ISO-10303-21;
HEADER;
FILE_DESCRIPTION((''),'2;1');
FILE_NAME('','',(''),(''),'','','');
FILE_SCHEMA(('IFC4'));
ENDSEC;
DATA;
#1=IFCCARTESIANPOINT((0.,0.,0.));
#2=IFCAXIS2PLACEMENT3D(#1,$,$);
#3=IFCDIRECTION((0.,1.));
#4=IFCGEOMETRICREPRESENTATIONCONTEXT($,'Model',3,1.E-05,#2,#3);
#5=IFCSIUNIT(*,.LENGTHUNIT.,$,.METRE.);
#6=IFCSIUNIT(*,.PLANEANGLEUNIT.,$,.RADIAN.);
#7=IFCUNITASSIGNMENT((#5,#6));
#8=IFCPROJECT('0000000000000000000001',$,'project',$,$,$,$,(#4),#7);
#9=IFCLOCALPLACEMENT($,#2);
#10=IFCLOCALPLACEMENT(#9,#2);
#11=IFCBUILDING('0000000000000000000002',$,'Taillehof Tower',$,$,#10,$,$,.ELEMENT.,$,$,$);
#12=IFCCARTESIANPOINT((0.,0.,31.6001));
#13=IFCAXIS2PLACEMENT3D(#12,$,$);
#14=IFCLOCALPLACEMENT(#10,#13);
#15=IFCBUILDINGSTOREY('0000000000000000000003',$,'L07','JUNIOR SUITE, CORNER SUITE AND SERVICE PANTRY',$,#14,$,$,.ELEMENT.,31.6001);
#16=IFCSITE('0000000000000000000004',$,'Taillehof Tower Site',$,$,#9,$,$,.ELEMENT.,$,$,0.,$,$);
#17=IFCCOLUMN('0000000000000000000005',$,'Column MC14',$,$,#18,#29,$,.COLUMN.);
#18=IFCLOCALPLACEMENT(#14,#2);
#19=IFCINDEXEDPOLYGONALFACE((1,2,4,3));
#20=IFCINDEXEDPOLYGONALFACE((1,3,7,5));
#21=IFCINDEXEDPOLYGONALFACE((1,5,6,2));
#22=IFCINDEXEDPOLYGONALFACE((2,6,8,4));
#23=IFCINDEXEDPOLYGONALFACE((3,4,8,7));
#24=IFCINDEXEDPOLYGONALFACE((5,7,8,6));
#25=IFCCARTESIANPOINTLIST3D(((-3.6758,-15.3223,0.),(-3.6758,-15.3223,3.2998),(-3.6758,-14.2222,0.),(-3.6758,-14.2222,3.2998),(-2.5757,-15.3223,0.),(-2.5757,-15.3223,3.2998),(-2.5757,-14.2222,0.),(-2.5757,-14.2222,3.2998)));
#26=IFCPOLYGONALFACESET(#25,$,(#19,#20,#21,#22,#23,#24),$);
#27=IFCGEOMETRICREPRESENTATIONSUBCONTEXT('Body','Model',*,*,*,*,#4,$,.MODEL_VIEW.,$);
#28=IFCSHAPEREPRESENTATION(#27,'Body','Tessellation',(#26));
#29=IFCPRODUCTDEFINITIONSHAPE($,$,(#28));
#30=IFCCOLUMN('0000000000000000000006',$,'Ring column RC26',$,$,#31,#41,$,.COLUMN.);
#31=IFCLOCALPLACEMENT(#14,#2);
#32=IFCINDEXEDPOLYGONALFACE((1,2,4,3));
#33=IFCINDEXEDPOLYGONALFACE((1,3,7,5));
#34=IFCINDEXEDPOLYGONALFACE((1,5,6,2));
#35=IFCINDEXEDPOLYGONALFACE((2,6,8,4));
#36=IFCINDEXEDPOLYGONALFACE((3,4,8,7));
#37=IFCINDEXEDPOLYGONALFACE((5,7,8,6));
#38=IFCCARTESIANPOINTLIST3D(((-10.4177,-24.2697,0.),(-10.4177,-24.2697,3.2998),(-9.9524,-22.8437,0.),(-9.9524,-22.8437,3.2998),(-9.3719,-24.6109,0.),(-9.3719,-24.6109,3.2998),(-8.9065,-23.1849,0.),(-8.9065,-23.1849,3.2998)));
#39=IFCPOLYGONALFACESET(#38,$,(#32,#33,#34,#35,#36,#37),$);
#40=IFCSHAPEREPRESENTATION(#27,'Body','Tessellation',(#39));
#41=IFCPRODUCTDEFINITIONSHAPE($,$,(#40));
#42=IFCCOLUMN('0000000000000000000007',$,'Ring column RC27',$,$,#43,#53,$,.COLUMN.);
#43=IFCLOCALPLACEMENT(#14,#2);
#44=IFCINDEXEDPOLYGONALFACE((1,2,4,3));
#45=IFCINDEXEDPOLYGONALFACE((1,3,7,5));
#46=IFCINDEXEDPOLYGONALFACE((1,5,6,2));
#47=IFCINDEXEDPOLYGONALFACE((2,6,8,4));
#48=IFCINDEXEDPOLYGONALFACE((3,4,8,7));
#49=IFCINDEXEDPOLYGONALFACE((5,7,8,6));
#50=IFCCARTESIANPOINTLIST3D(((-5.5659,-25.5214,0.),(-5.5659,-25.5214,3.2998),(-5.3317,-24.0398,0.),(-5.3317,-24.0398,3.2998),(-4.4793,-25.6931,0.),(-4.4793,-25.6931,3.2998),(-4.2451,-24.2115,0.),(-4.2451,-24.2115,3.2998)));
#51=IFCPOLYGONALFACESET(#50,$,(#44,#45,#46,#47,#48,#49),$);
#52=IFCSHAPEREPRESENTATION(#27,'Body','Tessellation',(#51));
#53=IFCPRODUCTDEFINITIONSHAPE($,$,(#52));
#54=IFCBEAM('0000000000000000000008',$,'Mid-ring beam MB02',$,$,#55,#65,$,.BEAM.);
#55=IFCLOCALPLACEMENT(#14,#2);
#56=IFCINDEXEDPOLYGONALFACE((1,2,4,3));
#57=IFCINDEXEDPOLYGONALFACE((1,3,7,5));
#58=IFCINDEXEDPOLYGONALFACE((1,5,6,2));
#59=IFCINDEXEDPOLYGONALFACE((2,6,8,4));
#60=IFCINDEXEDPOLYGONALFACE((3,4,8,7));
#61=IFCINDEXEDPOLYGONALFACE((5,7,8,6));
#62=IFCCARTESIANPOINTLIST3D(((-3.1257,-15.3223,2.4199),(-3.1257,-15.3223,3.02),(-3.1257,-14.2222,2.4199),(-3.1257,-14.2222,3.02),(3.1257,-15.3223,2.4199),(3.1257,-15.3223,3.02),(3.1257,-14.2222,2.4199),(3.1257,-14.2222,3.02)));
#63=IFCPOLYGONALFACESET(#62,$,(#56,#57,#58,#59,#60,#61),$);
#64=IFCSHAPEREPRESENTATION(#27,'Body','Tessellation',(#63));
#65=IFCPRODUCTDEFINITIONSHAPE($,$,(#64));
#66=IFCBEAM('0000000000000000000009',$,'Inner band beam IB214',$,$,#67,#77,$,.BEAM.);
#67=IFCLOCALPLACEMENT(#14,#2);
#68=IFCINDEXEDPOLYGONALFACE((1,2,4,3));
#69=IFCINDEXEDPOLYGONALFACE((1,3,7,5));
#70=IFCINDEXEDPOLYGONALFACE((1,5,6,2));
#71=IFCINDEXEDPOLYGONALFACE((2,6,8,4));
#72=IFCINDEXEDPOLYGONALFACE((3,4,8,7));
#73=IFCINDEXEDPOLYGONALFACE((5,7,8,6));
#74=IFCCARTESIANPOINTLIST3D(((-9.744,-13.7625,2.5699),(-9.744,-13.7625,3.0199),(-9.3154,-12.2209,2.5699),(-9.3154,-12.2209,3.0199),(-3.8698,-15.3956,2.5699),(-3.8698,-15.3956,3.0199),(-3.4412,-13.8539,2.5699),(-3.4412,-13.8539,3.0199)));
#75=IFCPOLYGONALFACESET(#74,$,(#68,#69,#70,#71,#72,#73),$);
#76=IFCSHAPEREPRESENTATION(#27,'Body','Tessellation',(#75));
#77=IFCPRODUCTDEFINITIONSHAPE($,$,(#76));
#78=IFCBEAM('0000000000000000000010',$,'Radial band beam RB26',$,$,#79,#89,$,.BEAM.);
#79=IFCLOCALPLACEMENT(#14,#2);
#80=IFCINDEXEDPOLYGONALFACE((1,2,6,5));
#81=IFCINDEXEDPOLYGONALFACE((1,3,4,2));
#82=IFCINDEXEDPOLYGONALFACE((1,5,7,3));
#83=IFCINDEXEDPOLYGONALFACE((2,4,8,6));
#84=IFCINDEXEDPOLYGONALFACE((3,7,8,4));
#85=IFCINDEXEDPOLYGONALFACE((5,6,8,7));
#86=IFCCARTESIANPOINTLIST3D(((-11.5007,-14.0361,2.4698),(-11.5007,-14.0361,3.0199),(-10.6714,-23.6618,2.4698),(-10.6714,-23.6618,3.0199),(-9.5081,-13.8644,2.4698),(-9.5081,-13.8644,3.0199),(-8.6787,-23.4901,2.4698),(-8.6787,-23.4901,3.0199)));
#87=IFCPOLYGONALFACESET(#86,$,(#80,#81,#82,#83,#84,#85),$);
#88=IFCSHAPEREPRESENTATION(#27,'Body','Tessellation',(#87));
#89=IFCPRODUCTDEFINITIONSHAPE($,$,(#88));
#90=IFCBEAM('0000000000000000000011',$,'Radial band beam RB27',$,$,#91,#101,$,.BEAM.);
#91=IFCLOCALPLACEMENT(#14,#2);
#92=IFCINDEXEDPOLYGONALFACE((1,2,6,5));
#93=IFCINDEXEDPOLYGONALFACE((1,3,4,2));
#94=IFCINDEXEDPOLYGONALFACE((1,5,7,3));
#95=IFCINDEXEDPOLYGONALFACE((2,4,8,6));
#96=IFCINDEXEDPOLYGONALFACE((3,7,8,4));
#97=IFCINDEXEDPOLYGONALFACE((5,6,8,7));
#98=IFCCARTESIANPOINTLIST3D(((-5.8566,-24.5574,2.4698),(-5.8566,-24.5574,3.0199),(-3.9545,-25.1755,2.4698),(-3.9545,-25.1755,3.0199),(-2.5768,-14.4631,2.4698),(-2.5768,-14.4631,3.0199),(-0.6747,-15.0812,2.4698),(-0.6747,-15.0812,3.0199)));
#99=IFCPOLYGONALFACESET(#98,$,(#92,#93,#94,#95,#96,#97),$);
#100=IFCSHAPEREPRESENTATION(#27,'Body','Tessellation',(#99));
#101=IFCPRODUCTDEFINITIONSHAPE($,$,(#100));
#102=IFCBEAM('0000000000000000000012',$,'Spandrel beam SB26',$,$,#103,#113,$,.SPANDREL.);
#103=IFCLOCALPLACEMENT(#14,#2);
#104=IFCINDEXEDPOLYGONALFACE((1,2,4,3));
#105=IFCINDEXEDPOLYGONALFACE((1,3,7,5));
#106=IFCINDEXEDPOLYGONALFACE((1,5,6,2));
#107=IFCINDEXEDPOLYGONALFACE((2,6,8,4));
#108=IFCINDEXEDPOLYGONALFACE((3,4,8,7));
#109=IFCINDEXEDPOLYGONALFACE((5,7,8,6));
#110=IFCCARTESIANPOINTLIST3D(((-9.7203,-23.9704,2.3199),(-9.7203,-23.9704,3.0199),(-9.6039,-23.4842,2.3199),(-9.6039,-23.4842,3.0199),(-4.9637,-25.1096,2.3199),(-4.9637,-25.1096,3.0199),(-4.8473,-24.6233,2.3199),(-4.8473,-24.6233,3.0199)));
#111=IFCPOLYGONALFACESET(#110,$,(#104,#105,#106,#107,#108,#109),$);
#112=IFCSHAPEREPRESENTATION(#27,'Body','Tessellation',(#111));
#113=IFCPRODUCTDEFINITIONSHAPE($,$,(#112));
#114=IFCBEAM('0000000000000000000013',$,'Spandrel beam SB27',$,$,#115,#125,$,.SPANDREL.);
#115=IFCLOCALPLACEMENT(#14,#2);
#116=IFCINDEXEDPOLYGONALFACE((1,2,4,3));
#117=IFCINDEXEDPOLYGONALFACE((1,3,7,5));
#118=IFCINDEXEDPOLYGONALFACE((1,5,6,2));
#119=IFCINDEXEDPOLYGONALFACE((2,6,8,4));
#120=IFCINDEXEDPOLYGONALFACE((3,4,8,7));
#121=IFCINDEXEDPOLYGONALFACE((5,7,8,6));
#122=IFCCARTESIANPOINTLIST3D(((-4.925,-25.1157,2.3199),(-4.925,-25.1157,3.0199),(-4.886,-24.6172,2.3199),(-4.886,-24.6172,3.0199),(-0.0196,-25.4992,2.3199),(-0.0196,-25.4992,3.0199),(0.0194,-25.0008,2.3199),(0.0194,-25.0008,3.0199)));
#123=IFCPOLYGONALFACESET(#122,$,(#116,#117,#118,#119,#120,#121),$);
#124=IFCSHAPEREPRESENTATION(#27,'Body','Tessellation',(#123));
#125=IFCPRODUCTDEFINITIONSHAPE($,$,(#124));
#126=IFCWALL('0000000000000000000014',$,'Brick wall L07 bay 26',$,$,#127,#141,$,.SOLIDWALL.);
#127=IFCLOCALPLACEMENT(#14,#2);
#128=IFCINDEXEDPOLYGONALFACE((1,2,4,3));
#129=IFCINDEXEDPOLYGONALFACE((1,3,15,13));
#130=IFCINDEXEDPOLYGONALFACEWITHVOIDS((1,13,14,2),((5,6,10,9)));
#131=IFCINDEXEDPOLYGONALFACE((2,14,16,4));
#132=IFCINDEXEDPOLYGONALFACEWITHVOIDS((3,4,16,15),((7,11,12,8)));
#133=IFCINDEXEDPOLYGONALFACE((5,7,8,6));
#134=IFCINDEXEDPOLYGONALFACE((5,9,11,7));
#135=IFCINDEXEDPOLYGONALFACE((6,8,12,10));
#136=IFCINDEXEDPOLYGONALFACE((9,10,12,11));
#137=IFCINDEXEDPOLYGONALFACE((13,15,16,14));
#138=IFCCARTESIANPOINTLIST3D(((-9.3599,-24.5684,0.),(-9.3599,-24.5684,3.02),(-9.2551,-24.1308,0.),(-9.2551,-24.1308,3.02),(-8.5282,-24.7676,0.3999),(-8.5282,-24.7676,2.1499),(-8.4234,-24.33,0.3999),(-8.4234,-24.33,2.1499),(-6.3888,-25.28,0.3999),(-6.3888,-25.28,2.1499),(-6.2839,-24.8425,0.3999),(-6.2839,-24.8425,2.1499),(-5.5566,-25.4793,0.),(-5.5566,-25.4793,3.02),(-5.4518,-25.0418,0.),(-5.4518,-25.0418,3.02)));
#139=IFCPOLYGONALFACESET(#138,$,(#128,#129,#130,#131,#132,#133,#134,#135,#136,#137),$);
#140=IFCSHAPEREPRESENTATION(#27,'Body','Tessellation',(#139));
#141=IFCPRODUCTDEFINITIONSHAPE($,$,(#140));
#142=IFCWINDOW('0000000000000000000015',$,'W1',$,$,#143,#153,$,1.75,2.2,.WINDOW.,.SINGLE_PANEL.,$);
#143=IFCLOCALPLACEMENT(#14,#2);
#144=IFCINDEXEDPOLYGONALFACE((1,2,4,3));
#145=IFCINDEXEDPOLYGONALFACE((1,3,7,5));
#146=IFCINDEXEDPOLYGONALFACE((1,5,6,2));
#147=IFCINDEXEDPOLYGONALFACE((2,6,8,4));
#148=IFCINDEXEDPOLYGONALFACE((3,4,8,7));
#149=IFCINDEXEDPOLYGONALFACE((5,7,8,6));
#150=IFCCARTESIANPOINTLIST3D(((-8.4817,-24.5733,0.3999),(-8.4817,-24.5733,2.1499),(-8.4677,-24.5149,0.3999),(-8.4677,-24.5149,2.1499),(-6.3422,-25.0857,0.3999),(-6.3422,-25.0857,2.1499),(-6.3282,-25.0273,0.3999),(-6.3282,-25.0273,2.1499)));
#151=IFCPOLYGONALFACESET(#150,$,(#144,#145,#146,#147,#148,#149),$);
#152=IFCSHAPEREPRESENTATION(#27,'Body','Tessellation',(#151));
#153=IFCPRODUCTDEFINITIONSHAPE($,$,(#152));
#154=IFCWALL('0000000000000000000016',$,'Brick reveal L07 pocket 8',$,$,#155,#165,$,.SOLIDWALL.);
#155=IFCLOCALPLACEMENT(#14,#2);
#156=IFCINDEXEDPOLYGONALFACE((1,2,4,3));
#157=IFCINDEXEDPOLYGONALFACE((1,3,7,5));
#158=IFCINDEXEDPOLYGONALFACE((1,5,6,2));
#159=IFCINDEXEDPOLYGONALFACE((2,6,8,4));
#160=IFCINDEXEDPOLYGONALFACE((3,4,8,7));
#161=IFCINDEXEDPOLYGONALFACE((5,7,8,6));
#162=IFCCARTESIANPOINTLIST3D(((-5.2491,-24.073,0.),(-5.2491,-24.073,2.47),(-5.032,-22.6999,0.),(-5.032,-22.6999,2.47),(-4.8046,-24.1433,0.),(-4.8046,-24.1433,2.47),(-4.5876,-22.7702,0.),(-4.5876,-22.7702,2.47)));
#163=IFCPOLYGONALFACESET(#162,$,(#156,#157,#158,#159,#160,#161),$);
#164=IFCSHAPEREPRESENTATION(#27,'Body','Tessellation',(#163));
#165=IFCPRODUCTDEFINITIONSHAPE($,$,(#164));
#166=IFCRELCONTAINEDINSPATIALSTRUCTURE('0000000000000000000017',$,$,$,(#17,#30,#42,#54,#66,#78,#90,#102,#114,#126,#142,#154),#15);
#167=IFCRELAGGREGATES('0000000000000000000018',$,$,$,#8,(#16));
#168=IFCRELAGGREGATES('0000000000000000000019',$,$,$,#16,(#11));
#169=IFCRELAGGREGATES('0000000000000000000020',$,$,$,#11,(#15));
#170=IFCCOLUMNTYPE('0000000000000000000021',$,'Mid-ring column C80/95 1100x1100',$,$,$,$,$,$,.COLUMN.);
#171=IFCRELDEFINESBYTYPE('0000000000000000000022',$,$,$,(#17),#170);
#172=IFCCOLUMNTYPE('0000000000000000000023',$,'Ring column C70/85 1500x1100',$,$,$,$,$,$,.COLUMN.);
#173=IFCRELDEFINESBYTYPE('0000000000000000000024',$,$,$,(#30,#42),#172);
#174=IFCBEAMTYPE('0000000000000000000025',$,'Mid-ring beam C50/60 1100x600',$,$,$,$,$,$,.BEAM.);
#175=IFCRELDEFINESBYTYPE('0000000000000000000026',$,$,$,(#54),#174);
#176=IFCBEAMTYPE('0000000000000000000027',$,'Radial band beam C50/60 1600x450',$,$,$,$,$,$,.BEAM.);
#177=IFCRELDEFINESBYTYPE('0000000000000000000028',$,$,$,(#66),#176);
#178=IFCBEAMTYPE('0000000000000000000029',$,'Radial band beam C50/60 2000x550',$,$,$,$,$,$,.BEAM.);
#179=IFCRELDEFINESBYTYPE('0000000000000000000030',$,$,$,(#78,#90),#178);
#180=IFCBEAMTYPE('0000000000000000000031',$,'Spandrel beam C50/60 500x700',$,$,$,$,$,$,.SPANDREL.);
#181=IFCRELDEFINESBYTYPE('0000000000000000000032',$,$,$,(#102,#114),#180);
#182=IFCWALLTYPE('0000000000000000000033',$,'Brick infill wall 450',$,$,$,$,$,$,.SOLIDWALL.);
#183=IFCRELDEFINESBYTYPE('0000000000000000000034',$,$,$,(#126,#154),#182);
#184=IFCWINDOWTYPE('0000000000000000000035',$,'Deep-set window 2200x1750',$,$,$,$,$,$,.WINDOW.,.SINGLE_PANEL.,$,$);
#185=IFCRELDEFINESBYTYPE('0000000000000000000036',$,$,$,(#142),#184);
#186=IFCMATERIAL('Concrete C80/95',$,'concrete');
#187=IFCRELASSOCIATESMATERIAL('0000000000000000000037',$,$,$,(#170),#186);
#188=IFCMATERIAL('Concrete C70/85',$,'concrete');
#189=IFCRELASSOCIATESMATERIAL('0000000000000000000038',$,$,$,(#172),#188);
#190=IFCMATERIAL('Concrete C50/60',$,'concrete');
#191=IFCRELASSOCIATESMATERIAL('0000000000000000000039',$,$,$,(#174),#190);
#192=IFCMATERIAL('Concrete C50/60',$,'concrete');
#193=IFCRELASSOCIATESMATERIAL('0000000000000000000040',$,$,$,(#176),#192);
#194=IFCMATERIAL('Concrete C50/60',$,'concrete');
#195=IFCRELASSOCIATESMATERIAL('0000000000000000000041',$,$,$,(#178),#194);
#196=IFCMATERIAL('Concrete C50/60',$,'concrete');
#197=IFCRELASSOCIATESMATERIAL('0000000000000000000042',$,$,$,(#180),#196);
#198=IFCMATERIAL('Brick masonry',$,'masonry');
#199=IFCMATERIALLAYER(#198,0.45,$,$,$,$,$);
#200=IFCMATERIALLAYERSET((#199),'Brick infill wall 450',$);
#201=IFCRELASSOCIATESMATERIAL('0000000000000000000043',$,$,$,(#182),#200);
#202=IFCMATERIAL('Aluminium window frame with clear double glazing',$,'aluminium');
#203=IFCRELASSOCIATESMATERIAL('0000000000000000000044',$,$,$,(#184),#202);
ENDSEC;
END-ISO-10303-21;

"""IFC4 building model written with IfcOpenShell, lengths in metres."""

from ifc_helpers import new_model, si_unit, direction, frame, frame_2d, origin, origin_2d, place, context, subcontext, project, spatial, rectangle, extrude, material, layer, layer_set, material_profile, profile_set, type_object, element, fill, save


model = new_model("IFC4")

# Units and contexts
model_context = context("Model", 3, precision=1e-05, world=origin(), true_north=direction((0.0, 1.0)))
body_context = subcontext(model_context, "Body", "Model", "MODEL_VIEW")
ifc_project = project(units=[si_unit("LENGTHUNIT", "METRE"), si_unit("PLANEANGLEUNIT", "RADIAN")], contexts=[model_context])

# Site, building, storey
site_placement = place(None, origin())
site = spatial("IfcSite", under=ifc_project, at=site_placement, Name="Taillehof Tower Site", CompositionType="ELEMENT", RefElevation=0.0)
building_placement = place(site_placement, origin())
building = spatial("IfcBuilding", under=site, at=building_placement, Name="Taillehof Tower", CompositionType="ELEMENT")
storey_placement = place(building_placement, frame((0.0, 0.0, 31.6001)))
storey = spatial("IfcBuildingStorey", under=building, at=storey_placement, Name="L07", Description="JUNIOR SUITE, CORNER SUITE AND SERVICE PANTRY", CompositionType="ELEMENT", Elevation=31.6001)

# Columns
ifc_material_1 = material(Name="Concrete C80/95", Category="concrete")
ifc_material_profile_1 = material_profile(ifc_material_1, rectangle(XDim=1.1001, YDim=1.1001, at=origin_2d()), Name="RC 1100x1100")
ifc_profile_set_1 = profile_set([ifc_material_profile_1], Name="Concrete C80/95")
column_type_1 = type_object("IfcColumnType", Name="Mid-ring column C80/95 1100x1100", PredefinedType="COLUMN", material=ifc_profile_set_1)
column_placement = place(storey_placement, frame((-3.1257, -14.7722, 0.0), z_axis=(0.0, 0.0, 1.0), x_axis=(1.0, 0.0, 0.0)))
element("IfcColumn", 1, at=column_placement, inside=storey, type_object=column_type_1, Name="Column MC14", PredefinedType="COLUMN", context=body_context, shape_type="SweptSolid", body=[
    extrude(rectangle(XDim=1.1001, YDim=1.1001, at=origin_2d()), origin(), (0.0, 0.0, 1.0), 3.2998),
])
ifc_material_2 = material(Name="Concrete C70/85", Category="concrete")
ifc_material_profile_2 = material_profile(ifc_material_2, rectangle(XDim=1.5, YDim=1.1001, at=origin_2d()), Name="RC 1500x1100")
ifc_profile_set_2 = profile_set([ifc_material_profile_2], Name="Concrete C70/85")
column_type_2 = type_object("IfcColumnType", Name="Ring column C70/85 1500x1100", PredefinedType="COLUMN", material=ifc_profile_set_2)
for number, where, z_axis, x_axis, name in (
    (2, (-9.6621, -23.7273, 0.0), (0.0, 0.0, 1.0), (-0.310219, -0.950665, 0.0), "Ring column RC26"),
    (3, (-4.9055, -24.8665, 0.0), (0.0, 0.0, 1.0), (-0.156147, -0.987734, 0.0), "Ring column RC27"),
):
    element("IfcColumn", number, at=place(storey_placement, frame(where, z_axis=z_axis, x_axis=x_axis)), inside=storey, type_object=column_type_2, Name=name, PredefinedType="COLUMN", context=body_context, shape_type="SweptSolid", body=[
        extrude(rectangle(XDim=1.5, YDim=1.1001, at=origin_2d()), origin(), (0.0, 0.0, 1.0), 3.2998),
    ])

# Beams
ifc_material_3 = material(Name="Concrete C50/60", Category="concrete")
ifc_material_profile_3 = material_profile(ifc_material_3, rectangle(XDim=1.1001, YDim=0.6001, at=origin_2d()), Name="RC 1100x600")
ifc_profile_set_3 = profile_set([ifc_material_profile_3], Name="Concrete C50/60")
beam_type_1 = type_object("IfcBeamType", Name="Mid-ring beam C50/60 1100x600", PredefinedType="BEAM", material=ifc_profile_set_3)
beam_1_placement = place(storey_placement, frame((-3.1257, -14.7722, 2.72), z_axis=(1.0, 0.0, 0.0), x_axis=(0.0, 1.0, 0.0)))
element("IfcBeam", 4, at=beam_1_placement, inside=storey, type_object=beam_type_1, Name="Mid-ring beam MB02", PredefinedType="BEAM", context=body_context, shape_type="SweptSolid", body=[
    extrude(rectangle(XDim=1.1001, YDim=0.6001, at=origin_2d()), origin(), (0.0, 0.0, 1.0), 6.2515),
])
ifc_material_4 = material(Name="Concrete C50/60", Category="concrete")
ifc_material_profile_4 = material_profile(ifc_material_4, rectangle(XDim=1.6001, YDim=0.45, at=origin_2d()), Name="RC 1600x450")
ifc_profile_set_4 = profile_set([ifc_material_profile_4], Name="Concrete C50/60")
beam_type_2 = type_object("IfcBeamType", Name="Radial band beam C50/60 1600x450", PredefinedType="BEAM", material=ifc_profile_set_4)
beam_2_placement = place(storey_placement, frame((-3.6555, -14.6248, 2.7949), z_axis=(-0.963459, 0.267855, 0.0), x_axis=(-0.267855, -0.963459, 0.0)))
element("IfcBeam", 5, at=beam_2_placement, inside=storey, type_object=beam_type_2, Name="Inner band beam IB214", PredefinedType="BEAM", context=body_context, shape_type="SweptSolid", body=[
    extrude(rectangle(XDim=1.6001, YDim=0.45, at=origin_2d()), origin(), (0.0, 0.0, 1.0), 6.0969),
])
ifc_material_5 = material(Name="Concrete C50/60", Category="concrete")
ifc_material_profile_5 = material_profile(ifc_material_5, rectangle(XDim=2.0, YDim=0.55, at=origin_2d()), Name="RC 2000x550")
ifc_profile_set_5 = profile_set([ifc_material_profile_5], Name="Concrete C50/60")
beam_type_3 = type_object("IfcBeamType", Name="Radial band beam C50/60 2000x550", PredefinedType="BEAM", material=ifc_profile_set_5)
beam_3_placement = place(storey_placement, frame((-9.675, -23.5759, 2.7449), z_axis=(-0.085841, 0.996309, 0.0), x_axis=(-0.996309, -0.085841, 0.0)))
element("IfcBeam", 6, at=beam_3_placement, inside=storey, type_object=beam_type_3, Name="Radial band beam RB26", PredefinedType="BEAM", context=body_context, shape_type="SweptSolid", body=[
    extrude(rectangle(XDim=2.0, YDim=0.55, at=origin_2d()), origin(), (0.0, 0.0, 1.0), 9.6614),
])
beam_4_placement = place(storey_placement, frame((-4.9055, -24.8665, 2.7449), z_axis=(0.309014, 0.951057, 0.0), x_axis=(-0.951057, 0.309014, 0.0)))
element("IfcBeam", 7, at=beam_4_placement, inside=storey, type_object=beam_type_3, Name="Radial band beam RB27", PredefinedType="BEAM", context=body_context, shape_type="SweptSolid", body=[
    extrude(rectangle(XDim=2.0, YDim=0.55, at=origin_2d()), origin(), (0.0, 0.0, 1.0), 10.6138),
])
ifc_material_6 = material(Name="Concrete C50/60", Category="concrete")
ifc_material_profile_6 = material_profile(ifc_material_6, rectangle(XDim=0.5, YDim=0.7, at=origin_2d()), Name="RC 500x700")
ifc_profile_set_6 = profile_set([ifc_material_profile_6], Name="Concrete C50/60")
beam_type_4 = type_object("IfcBeamType", Name="Spandrel beam C50/60 500x700", PredefinedType="SPANDREL", material=ifc_profile_set_6)
beam_5_placement = place(storey_placement, frame((-9.6621, -23.7273, 2.6699), z_axis=(0.9725, -0.232905, 0.0), x_axis=(0.232905, 0.9725, 0.0)))
element("IfcBeam", 8, at=beam_5_placement, inside=storey, type_object=beam_type_4, Name="Spandrel beam SB26", PredefinedType="SPANDREL", context=body_context, shape_type="SweptSolid", body=[
    extrude(rectangle(XDim=0.5, YDim=0.7, at=origin_2d()), origin(), (0.0, 0.0, 1.0), 4.8911),
])
beam_6_placement = place(storey_placement, frame((-4.9055, -24.8665, 2.6699), z_axis=(0.996957, -0.077949, 0.0), x_axis=(0.077949, 0.996957, 0.0)))
element("IfcBeam", 9, at=beam_6_placement, inside=storey, type_object=beam_type_4, Name="Spandrel beam SB27", PredefinedType="SPANDREL", context=body_context, shape_type="SweptSolid", body=[
    extrude(rectangle(XDim=0.5, YDim=0.7, at=origin_2d()), origin(), (0.0, 0.0, 1.0), 4.9204),
])

# Wall, opening, window
ifc_material_7 = material(Name="Brick masonry", Category="masonry")
ifc_layer_1 = layer(ifc_material_7, 0.45)
ifc_layer_set_1 = layer_set([ifc_layer_1], Name="Brick infill wall 450")
wall_type_1 = type_object("IfcWallType", Name="Brick infill wall 450", PredefinedType="SOLIDWALL", material=ifc_layer_set_1)
wall_1_placement = place(storey_placement, frame((-9.3076, -24.3496, 0.0), z_axis=(0.0, 0.0, 1.0), x_axis=(0.972497, -0.232917, 0.0)))
wall_1 = element("IfcWall", 10, at=wall_1_placement, inside=storey, type_object=wall_type_1, Name="Brick wall L07 bay 26", PredefinedType="SOLIDWALL", context=body_context, shape_type="SweptSolid", body=[
    extrude(rectangle(XDim=3.9109, YDim=0.45, at=frame_2d((1.9556, 0.0))), origin(), (0.0, 0.0, 1.0), 3.02),
])
opening_1_placement = place(wall_1_placement, frame((0.8552, 0.0, 0.3999)))
opening_1 = element("IfcOpeningElement", 11, at=opening_1_placement, cuts=wall_1, PredefinedType="OPENING", context=body_context, shape_type="SweptSolid", body=[
    extrude(rectangle(XDim=2.2, YDim=1.75, at=frame_2d((1.1001, 0.875))), frame((0.0, 0.2349, 0.0), z_axis=(0.0, -1.0, 0.0), x_axis=(1.0, 0.0, 0.0)), (0.0, 0.0, 1.0), 0.47),
])
ifc_material_8 = material(Name="Aluminium window frame with clear double glazing", Category="aluminium")
window_type_1 = type_object("IfcWindowType", Name="Deep-set window 2200x1750", PartitioningType="SINGLE_PANEL", PredefinedType="WINDOW", material=ifc_material_8)
window_1_placement = place(opening_1_placement, origin())
window_1 = element("IfcWindow", 12, at=window_1_placement, inside=storey, type_object=window_type_1, Name="W1", OverallHeight=1.75, OverallWidth=2.2, PartitioningType="SINGLE_PANEL", PredefinedType="WINDOW", context=body_context, shape_type="SweptSolid", body=[
    extrude(rectangle(XDim=2.2, YDim=1.75, at=frame_2d((1.1001, 0.875))), frame((0.0, 0.0349, 0.0), z_axis=(0.0, -1.0, 0.0), x_axis=(1.0, 0.0, 0.0)), (0.0, 0.0, 1.0), 0.0601),
])
fill(opening_1, window_1)

# Wall
wall_2_placement = place(storey_placement, frame((-5.0269, -24.1082, 0.0), z_axis=(0.0, 0.0, 1.0), x_axis=(0.156134, 0.987736, 0.0)))
element("IfcWall", 13, at=wall_2_placement, inside=storey, type_object=wall_type_1, Name="Brick reveal L07 pocket 8", PredefinedType="SOLIDWALL", context=body_context, shape_type="SweptSolid", body=[
    extrude(rectangle(XDim=1.3901, YDim=0.45, at=frame_2d((0.6951, 0.0))), origin(), (0.0, 0.0, 1.0), 2.47),
])

save(model, "model.ifc")
